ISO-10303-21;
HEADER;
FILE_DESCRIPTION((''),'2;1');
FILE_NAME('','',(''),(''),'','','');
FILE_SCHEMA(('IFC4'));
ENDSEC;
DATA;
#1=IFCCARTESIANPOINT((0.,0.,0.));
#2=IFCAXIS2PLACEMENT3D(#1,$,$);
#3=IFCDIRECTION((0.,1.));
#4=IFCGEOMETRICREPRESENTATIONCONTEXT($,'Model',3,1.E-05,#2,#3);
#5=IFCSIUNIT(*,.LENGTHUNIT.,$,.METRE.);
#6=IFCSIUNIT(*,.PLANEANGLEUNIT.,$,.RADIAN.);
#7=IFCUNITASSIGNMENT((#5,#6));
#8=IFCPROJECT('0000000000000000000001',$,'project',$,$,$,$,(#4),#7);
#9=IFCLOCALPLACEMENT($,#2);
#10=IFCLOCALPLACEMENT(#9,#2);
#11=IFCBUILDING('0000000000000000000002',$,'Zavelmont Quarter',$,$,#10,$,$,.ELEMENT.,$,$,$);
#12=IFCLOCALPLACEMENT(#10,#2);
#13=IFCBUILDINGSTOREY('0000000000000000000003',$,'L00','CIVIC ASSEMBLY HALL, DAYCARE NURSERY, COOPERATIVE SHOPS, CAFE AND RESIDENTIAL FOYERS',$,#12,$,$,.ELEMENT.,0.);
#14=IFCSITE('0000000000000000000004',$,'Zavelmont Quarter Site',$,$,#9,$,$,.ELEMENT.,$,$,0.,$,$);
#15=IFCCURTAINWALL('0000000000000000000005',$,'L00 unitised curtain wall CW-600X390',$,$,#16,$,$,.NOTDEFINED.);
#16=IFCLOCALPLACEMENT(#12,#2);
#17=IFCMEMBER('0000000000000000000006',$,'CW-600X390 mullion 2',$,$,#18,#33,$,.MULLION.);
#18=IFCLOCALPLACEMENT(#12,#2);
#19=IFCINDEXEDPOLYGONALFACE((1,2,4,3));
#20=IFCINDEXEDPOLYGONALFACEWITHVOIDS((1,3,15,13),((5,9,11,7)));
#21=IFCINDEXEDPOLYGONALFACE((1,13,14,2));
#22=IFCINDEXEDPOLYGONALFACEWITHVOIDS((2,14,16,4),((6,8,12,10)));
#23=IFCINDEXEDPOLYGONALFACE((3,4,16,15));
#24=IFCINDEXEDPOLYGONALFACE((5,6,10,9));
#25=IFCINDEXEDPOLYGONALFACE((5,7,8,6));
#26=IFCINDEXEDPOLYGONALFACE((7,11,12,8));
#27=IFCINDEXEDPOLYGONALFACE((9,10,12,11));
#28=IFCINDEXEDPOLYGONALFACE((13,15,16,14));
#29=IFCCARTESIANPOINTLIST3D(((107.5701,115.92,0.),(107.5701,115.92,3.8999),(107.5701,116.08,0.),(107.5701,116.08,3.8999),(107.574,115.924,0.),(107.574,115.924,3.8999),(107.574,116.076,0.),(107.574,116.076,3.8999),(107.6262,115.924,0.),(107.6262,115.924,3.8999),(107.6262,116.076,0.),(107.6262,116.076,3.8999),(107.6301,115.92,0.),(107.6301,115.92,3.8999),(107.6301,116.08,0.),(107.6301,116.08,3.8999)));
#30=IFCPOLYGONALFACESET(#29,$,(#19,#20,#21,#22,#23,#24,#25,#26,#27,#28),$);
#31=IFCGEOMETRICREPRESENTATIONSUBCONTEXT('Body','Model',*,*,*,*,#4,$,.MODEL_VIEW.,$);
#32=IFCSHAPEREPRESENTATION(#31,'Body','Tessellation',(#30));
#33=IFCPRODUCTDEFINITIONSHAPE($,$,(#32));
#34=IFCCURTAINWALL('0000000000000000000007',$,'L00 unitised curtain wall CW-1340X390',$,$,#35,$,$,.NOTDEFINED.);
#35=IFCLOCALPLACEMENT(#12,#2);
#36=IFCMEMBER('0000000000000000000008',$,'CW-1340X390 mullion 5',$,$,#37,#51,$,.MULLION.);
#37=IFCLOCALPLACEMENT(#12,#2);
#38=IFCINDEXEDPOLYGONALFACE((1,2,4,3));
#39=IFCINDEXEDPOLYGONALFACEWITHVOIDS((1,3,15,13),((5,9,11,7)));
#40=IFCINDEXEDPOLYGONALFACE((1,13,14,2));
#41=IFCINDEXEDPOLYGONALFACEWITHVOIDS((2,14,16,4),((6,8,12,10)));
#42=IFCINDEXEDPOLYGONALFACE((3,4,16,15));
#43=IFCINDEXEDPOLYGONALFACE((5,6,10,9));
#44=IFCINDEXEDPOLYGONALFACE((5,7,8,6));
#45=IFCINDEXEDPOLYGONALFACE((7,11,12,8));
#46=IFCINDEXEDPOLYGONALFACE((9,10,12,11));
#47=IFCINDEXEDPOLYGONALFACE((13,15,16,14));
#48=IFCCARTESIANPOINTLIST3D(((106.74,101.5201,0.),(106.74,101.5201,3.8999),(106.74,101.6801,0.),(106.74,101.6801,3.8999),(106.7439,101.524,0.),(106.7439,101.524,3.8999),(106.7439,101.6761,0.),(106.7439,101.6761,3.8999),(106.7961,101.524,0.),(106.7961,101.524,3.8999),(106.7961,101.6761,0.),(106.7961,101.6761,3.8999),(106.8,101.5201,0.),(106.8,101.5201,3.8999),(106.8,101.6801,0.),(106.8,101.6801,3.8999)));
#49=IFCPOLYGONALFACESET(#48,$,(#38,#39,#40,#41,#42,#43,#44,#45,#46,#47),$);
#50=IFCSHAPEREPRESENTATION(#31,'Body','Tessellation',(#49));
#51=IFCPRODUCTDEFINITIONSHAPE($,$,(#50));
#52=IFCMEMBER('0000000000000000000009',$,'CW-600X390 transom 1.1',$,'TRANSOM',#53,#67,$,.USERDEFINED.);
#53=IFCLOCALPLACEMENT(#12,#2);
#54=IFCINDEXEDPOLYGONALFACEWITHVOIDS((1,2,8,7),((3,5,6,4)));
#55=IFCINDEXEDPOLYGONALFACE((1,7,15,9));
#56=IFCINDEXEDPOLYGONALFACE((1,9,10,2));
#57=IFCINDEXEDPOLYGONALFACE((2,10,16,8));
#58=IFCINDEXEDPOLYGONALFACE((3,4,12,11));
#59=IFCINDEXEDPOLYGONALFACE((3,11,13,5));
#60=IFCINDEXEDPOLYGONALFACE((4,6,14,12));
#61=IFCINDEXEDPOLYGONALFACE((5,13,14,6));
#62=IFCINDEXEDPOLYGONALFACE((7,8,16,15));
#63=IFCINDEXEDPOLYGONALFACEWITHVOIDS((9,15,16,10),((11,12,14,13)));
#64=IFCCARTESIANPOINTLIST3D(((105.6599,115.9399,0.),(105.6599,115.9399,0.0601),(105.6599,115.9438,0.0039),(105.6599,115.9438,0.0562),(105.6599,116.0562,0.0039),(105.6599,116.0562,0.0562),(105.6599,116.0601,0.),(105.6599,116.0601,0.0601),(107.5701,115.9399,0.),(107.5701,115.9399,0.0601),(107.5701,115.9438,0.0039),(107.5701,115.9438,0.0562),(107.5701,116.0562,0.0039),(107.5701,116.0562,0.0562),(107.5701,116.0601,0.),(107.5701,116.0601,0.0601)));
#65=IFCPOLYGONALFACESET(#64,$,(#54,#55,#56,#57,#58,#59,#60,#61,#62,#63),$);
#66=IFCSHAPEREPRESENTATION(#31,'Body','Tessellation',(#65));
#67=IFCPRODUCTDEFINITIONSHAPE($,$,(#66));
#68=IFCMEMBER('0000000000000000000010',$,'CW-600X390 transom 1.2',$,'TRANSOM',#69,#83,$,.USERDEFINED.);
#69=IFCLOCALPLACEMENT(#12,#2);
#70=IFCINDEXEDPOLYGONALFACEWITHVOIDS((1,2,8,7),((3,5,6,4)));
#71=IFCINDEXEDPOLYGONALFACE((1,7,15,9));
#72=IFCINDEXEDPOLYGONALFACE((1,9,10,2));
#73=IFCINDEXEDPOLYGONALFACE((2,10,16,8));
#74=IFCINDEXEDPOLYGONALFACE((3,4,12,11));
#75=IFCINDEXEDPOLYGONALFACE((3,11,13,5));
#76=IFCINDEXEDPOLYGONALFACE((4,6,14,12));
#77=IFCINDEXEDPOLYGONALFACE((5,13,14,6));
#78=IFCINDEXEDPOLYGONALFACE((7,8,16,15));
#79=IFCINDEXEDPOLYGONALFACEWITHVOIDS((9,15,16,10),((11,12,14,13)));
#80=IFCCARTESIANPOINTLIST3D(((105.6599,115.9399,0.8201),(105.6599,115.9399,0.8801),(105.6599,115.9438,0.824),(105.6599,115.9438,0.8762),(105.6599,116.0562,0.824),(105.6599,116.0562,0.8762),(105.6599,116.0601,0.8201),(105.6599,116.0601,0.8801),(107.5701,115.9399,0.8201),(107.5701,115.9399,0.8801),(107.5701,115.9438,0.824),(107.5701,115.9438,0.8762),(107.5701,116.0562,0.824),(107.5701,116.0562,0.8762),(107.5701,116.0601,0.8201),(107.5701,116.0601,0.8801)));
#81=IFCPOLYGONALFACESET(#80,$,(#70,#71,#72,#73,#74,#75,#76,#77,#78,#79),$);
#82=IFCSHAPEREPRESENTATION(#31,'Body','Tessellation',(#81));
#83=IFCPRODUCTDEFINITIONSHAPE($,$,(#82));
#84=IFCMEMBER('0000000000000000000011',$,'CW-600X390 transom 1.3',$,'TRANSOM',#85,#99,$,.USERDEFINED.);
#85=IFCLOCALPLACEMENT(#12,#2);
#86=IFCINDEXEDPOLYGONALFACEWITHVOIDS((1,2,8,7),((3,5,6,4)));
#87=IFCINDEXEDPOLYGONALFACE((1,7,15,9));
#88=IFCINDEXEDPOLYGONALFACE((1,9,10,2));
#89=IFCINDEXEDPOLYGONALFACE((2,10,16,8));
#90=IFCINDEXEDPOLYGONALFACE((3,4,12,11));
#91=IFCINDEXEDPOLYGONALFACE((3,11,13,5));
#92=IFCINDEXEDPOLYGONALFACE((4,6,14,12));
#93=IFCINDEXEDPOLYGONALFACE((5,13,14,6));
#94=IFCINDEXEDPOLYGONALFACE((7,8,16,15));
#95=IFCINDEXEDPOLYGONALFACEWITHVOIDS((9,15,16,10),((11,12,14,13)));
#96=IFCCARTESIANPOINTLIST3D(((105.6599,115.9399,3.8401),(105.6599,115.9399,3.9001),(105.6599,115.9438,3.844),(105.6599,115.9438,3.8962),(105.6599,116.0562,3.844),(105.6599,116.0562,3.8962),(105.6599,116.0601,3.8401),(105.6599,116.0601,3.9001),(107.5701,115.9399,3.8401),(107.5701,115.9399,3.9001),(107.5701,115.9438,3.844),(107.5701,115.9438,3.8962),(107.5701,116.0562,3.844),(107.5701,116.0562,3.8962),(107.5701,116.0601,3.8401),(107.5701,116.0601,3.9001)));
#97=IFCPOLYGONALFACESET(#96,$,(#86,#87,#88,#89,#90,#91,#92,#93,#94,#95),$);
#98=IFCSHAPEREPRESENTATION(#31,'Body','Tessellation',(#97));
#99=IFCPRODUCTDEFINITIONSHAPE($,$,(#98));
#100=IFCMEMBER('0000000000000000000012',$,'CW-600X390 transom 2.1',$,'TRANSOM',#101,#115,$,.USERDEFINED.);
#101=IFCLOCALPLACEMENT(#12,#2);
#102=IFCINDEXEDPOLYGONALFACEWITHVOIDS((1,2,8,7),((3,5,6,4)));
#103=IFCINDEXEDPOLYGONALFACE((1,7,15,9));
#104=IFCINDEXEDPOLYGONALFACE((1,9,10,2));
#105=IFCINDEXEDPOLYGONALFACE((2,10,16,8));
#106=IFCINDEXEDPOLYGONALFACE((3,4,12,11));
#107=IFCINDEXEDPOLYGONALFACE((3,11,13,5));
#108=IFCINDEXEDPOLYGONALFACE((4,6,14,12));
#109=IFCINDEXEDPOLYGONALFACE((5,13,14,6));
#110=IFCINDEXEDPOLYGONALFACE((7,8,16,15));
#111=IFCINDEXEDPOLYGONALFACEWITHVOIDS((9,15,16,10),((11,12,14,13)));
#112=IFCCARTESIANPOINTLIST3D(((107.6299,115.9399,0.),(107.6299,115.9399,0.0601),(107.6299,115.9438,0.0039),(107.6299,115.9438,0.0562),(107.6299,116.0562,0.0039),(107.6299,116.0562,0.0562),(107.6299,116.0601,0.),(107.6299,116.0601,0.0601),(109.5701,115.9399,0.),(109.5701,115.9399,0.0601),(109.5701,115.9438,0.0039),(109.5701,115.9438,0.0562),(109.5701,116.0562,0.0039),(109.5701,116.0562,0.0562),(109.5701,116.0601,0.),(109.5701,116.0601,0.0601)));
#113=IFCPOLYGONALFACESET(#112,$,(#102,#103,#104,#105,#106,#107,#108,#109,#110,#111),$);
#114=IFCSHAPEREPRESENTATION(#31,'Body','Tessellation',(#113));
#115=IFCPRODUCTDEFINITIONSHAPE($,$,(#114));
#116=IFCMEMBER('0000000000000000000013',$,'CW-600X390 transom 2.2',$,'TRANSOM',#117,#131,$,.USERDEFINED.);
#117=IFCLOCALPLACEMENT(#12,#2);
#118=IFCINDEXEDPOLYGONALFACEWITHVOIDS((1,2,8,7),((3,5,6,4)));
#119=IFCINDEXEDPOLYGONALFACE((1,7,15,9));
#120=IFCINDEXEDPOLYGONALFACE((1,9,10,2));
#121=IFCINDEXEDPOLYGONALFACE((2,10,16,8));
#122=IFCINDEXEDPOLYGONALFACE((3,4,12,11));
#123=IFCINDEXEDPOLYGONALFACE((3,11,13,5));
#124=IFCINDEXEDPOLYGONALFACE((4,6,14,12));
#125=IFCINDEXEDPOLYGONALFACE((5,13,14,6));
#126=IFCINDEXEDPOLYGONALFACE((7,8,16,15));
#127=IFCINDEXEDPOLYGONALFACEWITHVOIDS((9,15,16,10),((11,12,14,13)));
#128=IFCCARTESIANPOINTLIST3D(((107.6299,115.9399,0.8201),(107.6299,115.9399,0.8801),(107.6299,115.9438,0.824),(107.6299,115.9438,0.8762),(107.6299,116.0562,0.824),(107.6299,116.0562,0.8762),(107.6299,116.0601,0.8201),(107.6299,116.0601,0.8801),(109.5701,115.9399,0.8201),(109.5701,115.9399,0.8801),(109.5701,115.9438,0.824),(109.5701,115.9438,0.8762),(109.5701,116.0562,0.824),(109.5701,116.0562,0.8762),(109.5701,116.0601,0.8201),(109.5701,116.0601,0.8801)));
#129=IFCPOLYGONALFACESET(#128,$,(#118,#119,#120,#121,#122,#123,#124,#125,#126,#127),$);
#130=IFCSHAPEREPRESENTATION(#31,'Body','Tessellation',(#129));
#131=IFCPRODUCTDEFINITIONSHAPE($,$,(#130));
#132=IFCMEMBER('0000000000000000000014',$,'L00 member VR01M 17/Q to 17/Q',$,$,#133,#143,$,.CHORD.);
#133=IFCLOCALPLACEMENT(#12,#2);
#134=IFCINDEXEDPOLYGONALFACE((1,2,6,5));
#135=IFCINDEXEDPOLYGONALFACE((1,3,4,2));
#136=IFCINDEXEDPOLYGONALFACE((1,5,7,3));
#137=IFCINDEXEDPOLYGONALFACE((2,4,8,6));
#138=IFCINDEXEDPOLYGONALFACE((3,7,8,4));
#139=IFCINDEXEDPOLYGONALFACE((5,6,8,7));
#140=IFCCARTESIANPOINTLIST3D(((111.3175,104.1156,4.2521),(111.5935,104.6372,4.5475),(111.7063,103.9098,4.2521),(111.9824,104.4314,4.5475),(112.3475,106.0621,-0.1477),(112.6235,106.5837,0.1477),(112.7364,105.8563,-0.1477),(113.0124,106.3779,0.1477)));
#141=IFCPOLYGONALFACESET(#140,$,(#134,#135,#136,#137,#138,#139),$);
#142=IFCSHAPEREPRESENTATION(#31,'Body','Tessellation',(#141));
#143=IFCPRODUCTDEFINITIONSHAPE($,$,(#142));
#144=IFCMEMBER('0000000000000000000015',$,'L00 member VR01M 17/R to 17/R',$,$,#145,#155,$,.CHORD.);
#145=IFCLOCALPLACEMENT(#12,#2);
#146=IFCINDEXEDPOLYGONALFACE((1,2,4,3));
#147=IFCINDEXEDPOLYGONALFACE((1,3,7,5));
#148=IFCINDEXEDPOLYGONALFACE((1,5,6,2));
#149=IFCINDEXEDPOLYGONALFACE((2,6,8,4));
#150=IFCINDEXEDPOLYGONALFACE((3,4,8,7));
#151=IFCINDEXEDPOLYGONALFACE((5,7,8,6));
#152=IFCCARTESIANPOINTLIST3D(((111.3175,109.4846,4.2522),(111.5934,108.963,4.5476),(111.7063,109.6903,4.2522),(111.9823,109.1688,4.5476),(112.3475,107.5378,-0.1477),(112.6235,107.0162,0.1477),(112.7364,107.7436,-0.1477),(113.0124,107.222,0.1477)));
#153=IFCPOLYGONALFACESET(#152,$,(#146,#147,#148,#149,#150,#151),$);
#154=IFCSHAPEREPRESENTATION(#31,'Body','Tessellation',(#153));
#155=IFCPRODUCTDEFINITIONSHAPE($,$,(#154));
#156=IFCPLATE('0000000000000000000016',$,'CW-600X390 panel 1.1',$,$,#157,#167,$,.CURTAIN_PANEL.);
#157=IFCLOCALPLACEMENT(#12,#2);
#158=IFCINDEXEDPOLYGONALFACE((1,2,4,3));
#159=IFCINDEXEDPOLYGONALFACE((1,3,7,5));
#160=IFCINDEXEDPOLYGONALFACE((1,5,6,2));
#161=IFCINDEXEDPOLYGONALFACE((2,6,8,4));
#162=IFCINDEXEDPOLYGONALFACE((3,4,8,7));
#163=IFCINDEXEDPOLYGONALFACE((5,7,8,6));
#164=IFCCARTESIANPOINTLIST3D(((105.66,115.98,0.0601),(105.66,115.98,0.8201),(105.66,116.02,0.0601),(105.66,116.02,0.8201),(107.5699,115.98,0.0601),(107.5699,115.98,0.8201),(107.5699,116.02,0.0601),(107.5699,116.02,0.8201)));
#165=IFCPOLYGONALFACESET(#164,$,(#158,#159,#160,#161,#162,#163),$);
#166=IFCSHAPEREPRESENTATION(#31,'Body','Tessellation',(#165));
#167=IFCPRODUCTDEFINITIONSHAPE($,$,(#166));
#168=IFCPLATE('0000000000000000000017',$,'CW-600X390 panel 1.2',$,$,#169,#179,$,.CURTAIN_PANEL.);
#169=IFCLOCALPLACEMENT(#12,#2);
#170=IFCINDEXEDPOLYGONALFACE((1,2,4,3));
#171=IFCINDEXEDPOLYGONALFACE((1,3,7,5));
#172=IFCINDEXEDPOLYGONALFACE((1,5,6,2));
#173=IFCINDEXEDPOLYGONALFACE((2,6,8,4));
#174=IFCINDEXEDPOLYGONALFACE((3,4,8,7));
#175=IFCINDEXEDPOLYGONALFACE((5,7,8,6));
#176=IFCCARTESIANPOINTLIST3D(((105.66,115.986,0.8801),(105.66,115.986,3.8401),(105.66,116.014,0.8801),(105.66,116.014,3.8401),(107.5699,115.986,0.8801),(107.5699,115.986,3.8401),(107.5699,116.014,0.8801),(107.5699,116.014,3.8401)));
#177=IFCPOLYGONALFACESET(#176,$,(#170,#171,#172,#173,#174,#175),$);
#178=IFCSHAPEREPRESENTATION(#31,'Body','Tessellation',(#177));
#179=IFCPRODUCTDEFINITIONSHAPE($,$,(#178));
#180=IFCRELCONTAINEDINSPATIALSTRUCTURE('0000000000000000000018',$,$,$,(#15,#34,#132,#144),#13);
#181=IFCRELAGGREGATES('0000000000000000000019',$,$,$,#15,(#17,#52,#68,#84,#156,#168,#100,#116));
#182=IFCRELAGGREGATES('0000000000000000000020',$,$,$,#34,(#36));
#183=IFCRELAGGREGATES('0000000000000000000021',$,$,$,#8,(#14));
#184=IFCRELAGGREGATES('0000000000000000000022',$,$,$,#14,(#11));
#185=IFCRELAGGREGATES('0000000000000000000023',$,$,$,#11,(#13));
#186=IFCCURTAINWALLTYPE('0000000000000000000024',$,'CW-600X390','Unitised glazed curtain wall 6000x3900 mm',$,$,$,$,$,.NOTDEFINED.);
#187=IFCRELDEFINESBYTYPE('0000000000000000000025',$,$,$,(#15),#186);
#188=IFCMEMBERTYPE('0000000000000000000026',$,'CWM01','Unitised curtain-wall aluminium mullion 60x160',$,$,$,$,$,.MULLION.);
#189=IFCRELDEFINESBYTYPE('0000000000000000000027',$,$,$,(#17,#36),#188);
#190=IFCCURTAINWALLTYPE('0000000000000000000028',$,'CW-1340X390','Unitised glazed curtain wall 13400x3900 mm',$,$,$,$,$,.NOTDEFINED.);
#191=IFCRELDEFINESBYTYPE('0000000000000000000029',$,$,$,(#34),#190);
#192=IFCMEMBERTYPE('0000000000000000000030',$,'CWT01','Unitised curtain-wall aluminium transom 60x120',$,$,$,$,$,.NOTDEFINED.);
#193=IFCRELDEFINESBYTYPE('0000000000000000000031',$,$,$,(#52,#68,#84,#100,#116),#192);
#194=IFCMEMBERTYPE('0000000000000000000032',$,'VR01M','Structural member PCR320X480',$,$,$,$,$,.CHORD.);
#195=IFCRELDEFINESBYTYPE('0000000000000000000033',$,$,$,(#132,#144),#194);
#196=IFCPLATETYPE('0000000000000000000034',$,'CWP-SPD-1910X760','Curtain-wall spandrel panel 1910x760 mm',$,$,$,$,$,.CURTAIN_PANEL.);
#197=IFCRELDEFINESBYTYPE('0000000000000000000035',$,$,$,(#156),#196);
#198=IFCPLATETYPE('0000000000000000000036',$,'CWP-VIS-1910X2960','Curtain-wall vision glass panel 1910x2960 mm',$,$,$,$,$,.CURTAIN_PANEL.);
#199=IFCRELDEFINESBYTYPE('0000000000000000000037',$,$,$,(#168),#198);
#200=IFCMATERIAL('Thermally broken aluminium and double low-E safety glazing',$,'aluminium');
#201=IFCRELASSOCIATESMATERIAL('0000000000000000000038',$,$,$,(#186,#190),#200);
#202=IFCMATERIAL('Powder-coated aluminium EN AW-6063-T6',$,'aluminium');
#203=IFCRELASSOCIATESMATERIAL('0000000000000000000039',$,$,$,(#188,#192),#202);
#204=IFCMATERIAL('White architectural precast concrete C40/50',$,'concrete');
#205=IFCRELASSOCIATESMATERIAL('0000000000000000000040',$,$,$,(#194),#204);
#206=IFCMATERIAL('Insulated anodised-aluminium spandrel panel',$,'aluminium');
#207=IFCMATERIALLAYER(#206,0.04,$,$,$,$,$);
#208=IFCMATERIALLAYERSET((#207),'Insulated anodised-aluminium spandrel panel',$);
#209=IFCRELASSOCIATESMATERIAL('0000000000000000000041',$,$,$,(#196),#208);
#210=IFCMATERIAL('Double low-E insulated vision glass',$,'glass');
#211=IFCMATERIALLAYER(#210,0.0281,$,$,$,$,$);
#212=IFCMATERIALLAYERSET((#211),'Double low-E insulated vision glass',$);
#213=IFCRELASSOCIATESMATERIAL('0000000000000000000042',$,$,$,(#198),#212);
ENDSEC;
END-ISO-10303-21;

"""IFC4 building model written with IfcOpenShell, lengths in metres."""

from ifc_helpers import new_model, si_unit, direction, frame, origin, origin_2d, place, context, subcontext, project, spatial, rectangle, hollow_rectangle, extrude, material, layer, layer_set, material_profile, profile_set, type_object, element, aggregate, save


model = new_model("IFC4")

# Units and contexts
model_context = context("Model", 3, precision=1e-05, world=origin(), true_north=direction((0.0, 1.0)))
body_context = subcontext(model_context, "Body", "Model", "MODEL_VIEW")
ifc_project = project(units=[si_unit("LENGTHUNIT", "METRE"), si_unit("PLANEANGLEUNIT", "RADIAN")], contexts=[model_context])

# Site, building, storey
site_placement = place(None, origin())
site = spatial("IfcSite", under=ifc_project, at=site_placement, Name="Zavelmont Quarter Site", CompositionType="ELEMENT", RefElevation=0.0)
building_placement = place(site_placement, origin())
building = spatial("IfcBuilding", under=site, at=building_placement, Name="Zavelmont Quarter", CompositionType="ELEMENT")
storey_placement = place(building_placement, origin())
storey = spatial("IfcBuildingStorey", under=building, at=storey_placement, Name="L00", Description="CIVIC ASSEMBLY HALL, DAYCARE NURSERY, COOPERATIVE SHOPS, CAFE AND RESIDENTIAL FOYERS", CompositionType="ELEMENT", Elevation=0.0)

# Curtain wall, member
ifc_material_1 = material(Name="Thermally broken aluminium and double low-E safety glazing", Category="aluminium")
curtain_wall_type_1 = type_object("IfcCurtainWallType", Name="CW-600X390", Description="Unitised glazed curtain wall 6000x3900 mm", PredefinedType="NOTDEFINED", material=ifc_material_1)
curtain_wall_1_placement = place(storey_placement, origin())
curtain_wall_1 = element("IfcCurtainWall", 1, at=curtain_wall_1_placement, inside=storey, type_object=curtain_wall_type_1, Name="L00 unitised curtain wall CW-600X390", PredefinedType="NOTDEFINED")
ifc_material_2 = material(Name="Powder-coated aluminium EN AW-6063-T6", Category="aluminium")
ifc_material_profile_1 = material_profile(ifc_material_2, hollow_rectangle(XDim=0.0601, YDim=0.1599, WallThickness=0.0039, at=origin_2d()), Name="CWM60X160")
ifc_profile_set_1 = profile_set([ifc_material_profile_1], Name="Powder-coated aluminium EN AW-6063-T6")
member_type_1 = type_object("IfcMemberType", Name="CWM01", Description="Unitised curtain-wall aluminium mullion 60x160", PredefinedType="MULLION", material=ifc_profile_set_1)
member_1_placement = place(storey_placement, frame((107.6001, 116.0, 0.0), z_axis=(0.0, 0.0, 1.0), x_axis=(1.0, 0.0, 0.0)))
member_1 = element("IfcMember", 2, at=member_1_placement, type_object=member_type_1, Name="CW-600X390 mullion 2", PredefinedType="MULLION", context=body_context, shape_type="SweptSolid", body=[
    extrude(hollow_rectangle(XDim=0.0601, YDim=0.1599, WallThickness=0.0039, at=origin_2d()), origin(), (0.0, 0.0, 1.0), 3.8999),
])

# Curtain wall, member
curtain_wall_type_2 = type_object("IfcCurtainWallType", Name="CW-1340X390", Description="Unitised glazed curtain wall 13400x3900 mm", PredefinedType="NOTDEFINED", material=ifc_material_1)
curtain_wall_2_placement = place(storey_placement, origin())
curtain_wall_2 = element("IfcCurtainWall", 3, at=curtain_wall_2_placement, inside=storey, type_object=curtain_wall_type_2, Name="L00 unitised curtain wall CW-1340X390", PredefinedType="NOTDEFINED")
member_2_placement = place(storey_placement, frame((106.77, 101.6001, 0.0), z_axis=(0.0, 0.0, 1.0), x_axis=(1.0, 0.0, 0.0)))
member_2 = element("IfcMember", 4, at=member_2_placement, type_object=member_type_1, Name="CW-1340X390 mullion 5", PredefinedType="MULLION", context=body_context, shape_type="SweptSolid", body=[
    extrude(hollow_rectangle(XDim=0.0601, YDim=0.1599, WallThickness=0.0039, at=origin_2d()), origin(), (0.0, 0.0, 1.0), 3.8999),
])

# Members
ifc_material_profile_2 = material_profile(ifc_material_2, hollow_rectangle(XDim=0.1201, YDim=0.0601, WallThickness=0.0039, at=origin_2d()), Name="CWT60X120")
ifc_profile_set_2 = profile_set([ifc_material_profile_2], Name="Powder-coated aluminium EN AW-6063-T6")
member_type_2 = type_object("IfcMemberType", Name="CWT01", Description="Unitised curtain-wall aluminium transom 60x120", PredefinedType="NOTDEFINED", material=ifc_profile_set_2)
member_3_placement = place(storey_placement, frame((105.6599, 116.0, 0.03), z_axis=(1.0, 0.0, 0.0), x_axis=(0.0, 1.0, 0.0)))
member_3 = element("IfcMember", 5, at=member_3_placement, type_object=member_type_2, Name="CW-600X390 transom 1.1", ObjectType="TRANSOM", PredefinedType="USERDEFINED", context=body_context, shape_type="SweptSolid", body=[
    extrude(hollow_rectangle(XDim=0.1201, YDim=0.0601, WallThickness=0.0039, at=origin_2d()), origin(), (0.0, 0.0, 1.0), 1.9102),
])
member_4_placement = place(storey_placement, frame((105.6599, 116.0, 0.8501), z_axis=(1.0, 0.0, 0.0), x_axis=(0.0, 1.0, 0.0)))
member_4 = element("IfcMember", 6, at=member_4_placement, type_object=member_type_2, Name="CW-600X390 transom 1.2", ObjectType="TRANSOM", PredefinedType="USERDEFINED", context=body_context, shape_type="SweptSolid", body=[
    extrude(hollow_rectangle(XDim=0.1201, YDim=0.0601, WallThickness=0.0039, at=origin_2d()), origin(), (0.0, 0.0, 1.0), 1.9102),
])
member_5_placement = place(storey_placement, frame((105.6599, 116.0, 3.8701), z_axis=(1.0, 0.0, 0.0), x_axis=(0.0, 1.0, 0.0)))
member_5 = element("IfcMember", 7, at=member_5_placement, type_object=member_type_2, Name="CW-600X390 transom 1.3", ObjectType="TRANSOM", PredefinedType="USERDEFINED", context=body_context, shape_type="SweptSolid", body=[
    extrude(hollow_rectangle(XDim=0.1201, YDim=0.0601, WallThickness=0.0039, at=origin_2d()), origin(), (0.0, 0.0, 1.0), 1.9102),
])
member_6_placement = place(storey_placement, frame((107.6299, 116.0, 0.03), z_axis=(1.0, 0.0, 0.0), x_axis=(0.0, 1.0, 0.0)))
member_6 = element("IfcMember", 8, at=member_6_placement, type_object=member_type_2, Name="CW-600X390 transom 2.1", ObjectType="TRANSOM", PredefinedType="USERDEFINED", context=body_context, shape_type="SweptSolid", body=[
    extrude(hollow_rectangle(XDim=0.1201, YDim=0.0601, WallThickness=0.0039, at=origin_2d()), origin(), (0.0, 0.0, 1.0), 1.9402),
])
member_7_placement = place(storey_placement, frame((107.6299, 116.0, 0.8501), z_axis=(1.0, 0.0, 0.0), x_axis=(0.0, 1.0, 0.0)))
member_7 = element("IfcMember", 9, at=member_7_placement, type_object=member_type_2, Name="CW-600X390 transom 2.2", ObjectType="TRANSOM", PredefinedType="USERDEFINED", context=body_context, shape_type="SweptSolid", body=[
    extrude(hollow_rectangle(XDim=0.1201, YDim=0.0601, WallThickness=0.0039, at=origin_2d()), origin(), (0.0, 0.0, 1.0), 1.9402),
])

# Members
ifc_material_3 = material(Name="White architectural precast concrete C40/50", Category="concrete")
ifc_material_profile_3 = material_profile(ifc_material_3, rectangle(XDim=0.4399, YDim=0.6599, at=origin_2d()), Name="PCR320X480")
ifc_profile_set_3 = profile_set([ifc_material_profile_3], Name="White architectural precast concrete C40/50")
member_type_3 = type_object("IfcMemberType", Name="VR01M", Description="Structural member PCR320X480", PredefinedType="CHORD", material=ifc_profile_set_3)
member_8_placement = place(storey_placement, frame((112.6799, 106.22, 0.0), z_axis=(-0.209344, -0.395615, 0.894239), x_axis=(0.88388, -0.467715, 0.0)))
element("IfcMember", 10, at=member_8_placement, inside=storey, type_object=member_type_3, Name="L00 member VR01M 17/Q to 17/Q", PredefinedType="CHORD", context=body_context, shape_type="SweptSolid", body=[
    extrude(rectangle(XDim=0.4399, YDim=0.6599, at=origin_2d()), origin(), (0.0, 0.0, 1.0), 4.9202),
])
member_9_placement = place(storey_placement, frame((112.6799, 107.3799, 0.0), z_axis=(-0.20934, 0.395657, 0.894222), x_axis=(-0.883904, -0.467669, 0.0)))
element("IfcMember", 11, at=member_9_placement, inside=storey, type_object=member_type_3, Name="L00 member VR01M 17/R to 17/R", PredefinedType="CHORD", context=body_context, shape_type="SweptSolid", body=[
    extrude(rectangle(XDim=0.4399, YDim=0.6599, at=origin_2d()), origin(), (0.0, 0.0, 1.0), 4.9204),
])

# Plates
ifc_material_4 = material(Name="Insulated anodised-aluminium spandrel panel", Category="aluminium")
ifc_layer_1 = layer(ifc_material_4, 0.04)
ifc_layer_set_1 = layer_set([ifc_layer_1], Name="Insulated anodised-aluminium spandrel panel")
plate_type_1 = type_object("IfcPlateType", Name="CWP-SPD-1910X760", Description="Curtain-wall spandrel panel 1910x760 mm", PredefinedType="CURTAIN_PANEL", material=ifc_layer_set_1)
plate_1_placement = place(storey_placement, frame((106.615, 116.0, 0.0601), z_axis=(0.0, 0.0, 1.0), x_axis=(1.0, 0.0, 0.0)))
plate_1 = element("IfcPlate", 12, at=plate_1_placement, type_object=plate_type_1, Name="CW-600X390 panel 1.1", PredefinedType="CURTAIN_PANEL", context=body_context, shape_type="SweptSolid", body=[
    extrude(rectangle(XDim=1.9099, YDim=0.04, at=origin_2d()), origin(), (0.0, 0.0, 1.0), 0.76),
])
ifc_material_5 = material(Name="Double low-E insulated vision glass", Category="glass")
ifc_layer_2 = layer(ifc_material_5, 0.0281)
ifc_layer_set_2 = layer_set([ifc_layer_2], Name="Double low-E insulated vision glass")
plate_type_2 = type_object("IfcPlateType", Name="CWP-VIS-1910X2960", Description="Curtain-wall vision glass panel 1910x2960 mm", PredefinedType="CURTAIN_PANEL", material=ifc_layer_set_2)
plate_2_placement = place(storey_placement, frame((106.615, 116.0, 0.8801), z_axis=(0.0, 0.0, 1.0), x_axis=(1.0, 0.0, 0.0)))
plate_2 = element("IfcPlate", 13, at=plate_2_placement, type_object=plate_type_2, Name="CW-600X390 panel 1.2", PredefinedType="CURTAIN_PANEL", context=body_context, shape_type="SweptSolid", body=[
    extrude(rectangle(XDim=1.9099, YDim=0.0281, at=origin_2d()), origin(), (0.0, 0.0, 1.0), 2.96),
])
aggregate(curtain_wall_1, [member_1, member_3, member_4, member_5, plate_1, plate_2, member_6, member_7])
aggregate(curtain_wall_2, [member_2])

save(model, "model.ifc")
